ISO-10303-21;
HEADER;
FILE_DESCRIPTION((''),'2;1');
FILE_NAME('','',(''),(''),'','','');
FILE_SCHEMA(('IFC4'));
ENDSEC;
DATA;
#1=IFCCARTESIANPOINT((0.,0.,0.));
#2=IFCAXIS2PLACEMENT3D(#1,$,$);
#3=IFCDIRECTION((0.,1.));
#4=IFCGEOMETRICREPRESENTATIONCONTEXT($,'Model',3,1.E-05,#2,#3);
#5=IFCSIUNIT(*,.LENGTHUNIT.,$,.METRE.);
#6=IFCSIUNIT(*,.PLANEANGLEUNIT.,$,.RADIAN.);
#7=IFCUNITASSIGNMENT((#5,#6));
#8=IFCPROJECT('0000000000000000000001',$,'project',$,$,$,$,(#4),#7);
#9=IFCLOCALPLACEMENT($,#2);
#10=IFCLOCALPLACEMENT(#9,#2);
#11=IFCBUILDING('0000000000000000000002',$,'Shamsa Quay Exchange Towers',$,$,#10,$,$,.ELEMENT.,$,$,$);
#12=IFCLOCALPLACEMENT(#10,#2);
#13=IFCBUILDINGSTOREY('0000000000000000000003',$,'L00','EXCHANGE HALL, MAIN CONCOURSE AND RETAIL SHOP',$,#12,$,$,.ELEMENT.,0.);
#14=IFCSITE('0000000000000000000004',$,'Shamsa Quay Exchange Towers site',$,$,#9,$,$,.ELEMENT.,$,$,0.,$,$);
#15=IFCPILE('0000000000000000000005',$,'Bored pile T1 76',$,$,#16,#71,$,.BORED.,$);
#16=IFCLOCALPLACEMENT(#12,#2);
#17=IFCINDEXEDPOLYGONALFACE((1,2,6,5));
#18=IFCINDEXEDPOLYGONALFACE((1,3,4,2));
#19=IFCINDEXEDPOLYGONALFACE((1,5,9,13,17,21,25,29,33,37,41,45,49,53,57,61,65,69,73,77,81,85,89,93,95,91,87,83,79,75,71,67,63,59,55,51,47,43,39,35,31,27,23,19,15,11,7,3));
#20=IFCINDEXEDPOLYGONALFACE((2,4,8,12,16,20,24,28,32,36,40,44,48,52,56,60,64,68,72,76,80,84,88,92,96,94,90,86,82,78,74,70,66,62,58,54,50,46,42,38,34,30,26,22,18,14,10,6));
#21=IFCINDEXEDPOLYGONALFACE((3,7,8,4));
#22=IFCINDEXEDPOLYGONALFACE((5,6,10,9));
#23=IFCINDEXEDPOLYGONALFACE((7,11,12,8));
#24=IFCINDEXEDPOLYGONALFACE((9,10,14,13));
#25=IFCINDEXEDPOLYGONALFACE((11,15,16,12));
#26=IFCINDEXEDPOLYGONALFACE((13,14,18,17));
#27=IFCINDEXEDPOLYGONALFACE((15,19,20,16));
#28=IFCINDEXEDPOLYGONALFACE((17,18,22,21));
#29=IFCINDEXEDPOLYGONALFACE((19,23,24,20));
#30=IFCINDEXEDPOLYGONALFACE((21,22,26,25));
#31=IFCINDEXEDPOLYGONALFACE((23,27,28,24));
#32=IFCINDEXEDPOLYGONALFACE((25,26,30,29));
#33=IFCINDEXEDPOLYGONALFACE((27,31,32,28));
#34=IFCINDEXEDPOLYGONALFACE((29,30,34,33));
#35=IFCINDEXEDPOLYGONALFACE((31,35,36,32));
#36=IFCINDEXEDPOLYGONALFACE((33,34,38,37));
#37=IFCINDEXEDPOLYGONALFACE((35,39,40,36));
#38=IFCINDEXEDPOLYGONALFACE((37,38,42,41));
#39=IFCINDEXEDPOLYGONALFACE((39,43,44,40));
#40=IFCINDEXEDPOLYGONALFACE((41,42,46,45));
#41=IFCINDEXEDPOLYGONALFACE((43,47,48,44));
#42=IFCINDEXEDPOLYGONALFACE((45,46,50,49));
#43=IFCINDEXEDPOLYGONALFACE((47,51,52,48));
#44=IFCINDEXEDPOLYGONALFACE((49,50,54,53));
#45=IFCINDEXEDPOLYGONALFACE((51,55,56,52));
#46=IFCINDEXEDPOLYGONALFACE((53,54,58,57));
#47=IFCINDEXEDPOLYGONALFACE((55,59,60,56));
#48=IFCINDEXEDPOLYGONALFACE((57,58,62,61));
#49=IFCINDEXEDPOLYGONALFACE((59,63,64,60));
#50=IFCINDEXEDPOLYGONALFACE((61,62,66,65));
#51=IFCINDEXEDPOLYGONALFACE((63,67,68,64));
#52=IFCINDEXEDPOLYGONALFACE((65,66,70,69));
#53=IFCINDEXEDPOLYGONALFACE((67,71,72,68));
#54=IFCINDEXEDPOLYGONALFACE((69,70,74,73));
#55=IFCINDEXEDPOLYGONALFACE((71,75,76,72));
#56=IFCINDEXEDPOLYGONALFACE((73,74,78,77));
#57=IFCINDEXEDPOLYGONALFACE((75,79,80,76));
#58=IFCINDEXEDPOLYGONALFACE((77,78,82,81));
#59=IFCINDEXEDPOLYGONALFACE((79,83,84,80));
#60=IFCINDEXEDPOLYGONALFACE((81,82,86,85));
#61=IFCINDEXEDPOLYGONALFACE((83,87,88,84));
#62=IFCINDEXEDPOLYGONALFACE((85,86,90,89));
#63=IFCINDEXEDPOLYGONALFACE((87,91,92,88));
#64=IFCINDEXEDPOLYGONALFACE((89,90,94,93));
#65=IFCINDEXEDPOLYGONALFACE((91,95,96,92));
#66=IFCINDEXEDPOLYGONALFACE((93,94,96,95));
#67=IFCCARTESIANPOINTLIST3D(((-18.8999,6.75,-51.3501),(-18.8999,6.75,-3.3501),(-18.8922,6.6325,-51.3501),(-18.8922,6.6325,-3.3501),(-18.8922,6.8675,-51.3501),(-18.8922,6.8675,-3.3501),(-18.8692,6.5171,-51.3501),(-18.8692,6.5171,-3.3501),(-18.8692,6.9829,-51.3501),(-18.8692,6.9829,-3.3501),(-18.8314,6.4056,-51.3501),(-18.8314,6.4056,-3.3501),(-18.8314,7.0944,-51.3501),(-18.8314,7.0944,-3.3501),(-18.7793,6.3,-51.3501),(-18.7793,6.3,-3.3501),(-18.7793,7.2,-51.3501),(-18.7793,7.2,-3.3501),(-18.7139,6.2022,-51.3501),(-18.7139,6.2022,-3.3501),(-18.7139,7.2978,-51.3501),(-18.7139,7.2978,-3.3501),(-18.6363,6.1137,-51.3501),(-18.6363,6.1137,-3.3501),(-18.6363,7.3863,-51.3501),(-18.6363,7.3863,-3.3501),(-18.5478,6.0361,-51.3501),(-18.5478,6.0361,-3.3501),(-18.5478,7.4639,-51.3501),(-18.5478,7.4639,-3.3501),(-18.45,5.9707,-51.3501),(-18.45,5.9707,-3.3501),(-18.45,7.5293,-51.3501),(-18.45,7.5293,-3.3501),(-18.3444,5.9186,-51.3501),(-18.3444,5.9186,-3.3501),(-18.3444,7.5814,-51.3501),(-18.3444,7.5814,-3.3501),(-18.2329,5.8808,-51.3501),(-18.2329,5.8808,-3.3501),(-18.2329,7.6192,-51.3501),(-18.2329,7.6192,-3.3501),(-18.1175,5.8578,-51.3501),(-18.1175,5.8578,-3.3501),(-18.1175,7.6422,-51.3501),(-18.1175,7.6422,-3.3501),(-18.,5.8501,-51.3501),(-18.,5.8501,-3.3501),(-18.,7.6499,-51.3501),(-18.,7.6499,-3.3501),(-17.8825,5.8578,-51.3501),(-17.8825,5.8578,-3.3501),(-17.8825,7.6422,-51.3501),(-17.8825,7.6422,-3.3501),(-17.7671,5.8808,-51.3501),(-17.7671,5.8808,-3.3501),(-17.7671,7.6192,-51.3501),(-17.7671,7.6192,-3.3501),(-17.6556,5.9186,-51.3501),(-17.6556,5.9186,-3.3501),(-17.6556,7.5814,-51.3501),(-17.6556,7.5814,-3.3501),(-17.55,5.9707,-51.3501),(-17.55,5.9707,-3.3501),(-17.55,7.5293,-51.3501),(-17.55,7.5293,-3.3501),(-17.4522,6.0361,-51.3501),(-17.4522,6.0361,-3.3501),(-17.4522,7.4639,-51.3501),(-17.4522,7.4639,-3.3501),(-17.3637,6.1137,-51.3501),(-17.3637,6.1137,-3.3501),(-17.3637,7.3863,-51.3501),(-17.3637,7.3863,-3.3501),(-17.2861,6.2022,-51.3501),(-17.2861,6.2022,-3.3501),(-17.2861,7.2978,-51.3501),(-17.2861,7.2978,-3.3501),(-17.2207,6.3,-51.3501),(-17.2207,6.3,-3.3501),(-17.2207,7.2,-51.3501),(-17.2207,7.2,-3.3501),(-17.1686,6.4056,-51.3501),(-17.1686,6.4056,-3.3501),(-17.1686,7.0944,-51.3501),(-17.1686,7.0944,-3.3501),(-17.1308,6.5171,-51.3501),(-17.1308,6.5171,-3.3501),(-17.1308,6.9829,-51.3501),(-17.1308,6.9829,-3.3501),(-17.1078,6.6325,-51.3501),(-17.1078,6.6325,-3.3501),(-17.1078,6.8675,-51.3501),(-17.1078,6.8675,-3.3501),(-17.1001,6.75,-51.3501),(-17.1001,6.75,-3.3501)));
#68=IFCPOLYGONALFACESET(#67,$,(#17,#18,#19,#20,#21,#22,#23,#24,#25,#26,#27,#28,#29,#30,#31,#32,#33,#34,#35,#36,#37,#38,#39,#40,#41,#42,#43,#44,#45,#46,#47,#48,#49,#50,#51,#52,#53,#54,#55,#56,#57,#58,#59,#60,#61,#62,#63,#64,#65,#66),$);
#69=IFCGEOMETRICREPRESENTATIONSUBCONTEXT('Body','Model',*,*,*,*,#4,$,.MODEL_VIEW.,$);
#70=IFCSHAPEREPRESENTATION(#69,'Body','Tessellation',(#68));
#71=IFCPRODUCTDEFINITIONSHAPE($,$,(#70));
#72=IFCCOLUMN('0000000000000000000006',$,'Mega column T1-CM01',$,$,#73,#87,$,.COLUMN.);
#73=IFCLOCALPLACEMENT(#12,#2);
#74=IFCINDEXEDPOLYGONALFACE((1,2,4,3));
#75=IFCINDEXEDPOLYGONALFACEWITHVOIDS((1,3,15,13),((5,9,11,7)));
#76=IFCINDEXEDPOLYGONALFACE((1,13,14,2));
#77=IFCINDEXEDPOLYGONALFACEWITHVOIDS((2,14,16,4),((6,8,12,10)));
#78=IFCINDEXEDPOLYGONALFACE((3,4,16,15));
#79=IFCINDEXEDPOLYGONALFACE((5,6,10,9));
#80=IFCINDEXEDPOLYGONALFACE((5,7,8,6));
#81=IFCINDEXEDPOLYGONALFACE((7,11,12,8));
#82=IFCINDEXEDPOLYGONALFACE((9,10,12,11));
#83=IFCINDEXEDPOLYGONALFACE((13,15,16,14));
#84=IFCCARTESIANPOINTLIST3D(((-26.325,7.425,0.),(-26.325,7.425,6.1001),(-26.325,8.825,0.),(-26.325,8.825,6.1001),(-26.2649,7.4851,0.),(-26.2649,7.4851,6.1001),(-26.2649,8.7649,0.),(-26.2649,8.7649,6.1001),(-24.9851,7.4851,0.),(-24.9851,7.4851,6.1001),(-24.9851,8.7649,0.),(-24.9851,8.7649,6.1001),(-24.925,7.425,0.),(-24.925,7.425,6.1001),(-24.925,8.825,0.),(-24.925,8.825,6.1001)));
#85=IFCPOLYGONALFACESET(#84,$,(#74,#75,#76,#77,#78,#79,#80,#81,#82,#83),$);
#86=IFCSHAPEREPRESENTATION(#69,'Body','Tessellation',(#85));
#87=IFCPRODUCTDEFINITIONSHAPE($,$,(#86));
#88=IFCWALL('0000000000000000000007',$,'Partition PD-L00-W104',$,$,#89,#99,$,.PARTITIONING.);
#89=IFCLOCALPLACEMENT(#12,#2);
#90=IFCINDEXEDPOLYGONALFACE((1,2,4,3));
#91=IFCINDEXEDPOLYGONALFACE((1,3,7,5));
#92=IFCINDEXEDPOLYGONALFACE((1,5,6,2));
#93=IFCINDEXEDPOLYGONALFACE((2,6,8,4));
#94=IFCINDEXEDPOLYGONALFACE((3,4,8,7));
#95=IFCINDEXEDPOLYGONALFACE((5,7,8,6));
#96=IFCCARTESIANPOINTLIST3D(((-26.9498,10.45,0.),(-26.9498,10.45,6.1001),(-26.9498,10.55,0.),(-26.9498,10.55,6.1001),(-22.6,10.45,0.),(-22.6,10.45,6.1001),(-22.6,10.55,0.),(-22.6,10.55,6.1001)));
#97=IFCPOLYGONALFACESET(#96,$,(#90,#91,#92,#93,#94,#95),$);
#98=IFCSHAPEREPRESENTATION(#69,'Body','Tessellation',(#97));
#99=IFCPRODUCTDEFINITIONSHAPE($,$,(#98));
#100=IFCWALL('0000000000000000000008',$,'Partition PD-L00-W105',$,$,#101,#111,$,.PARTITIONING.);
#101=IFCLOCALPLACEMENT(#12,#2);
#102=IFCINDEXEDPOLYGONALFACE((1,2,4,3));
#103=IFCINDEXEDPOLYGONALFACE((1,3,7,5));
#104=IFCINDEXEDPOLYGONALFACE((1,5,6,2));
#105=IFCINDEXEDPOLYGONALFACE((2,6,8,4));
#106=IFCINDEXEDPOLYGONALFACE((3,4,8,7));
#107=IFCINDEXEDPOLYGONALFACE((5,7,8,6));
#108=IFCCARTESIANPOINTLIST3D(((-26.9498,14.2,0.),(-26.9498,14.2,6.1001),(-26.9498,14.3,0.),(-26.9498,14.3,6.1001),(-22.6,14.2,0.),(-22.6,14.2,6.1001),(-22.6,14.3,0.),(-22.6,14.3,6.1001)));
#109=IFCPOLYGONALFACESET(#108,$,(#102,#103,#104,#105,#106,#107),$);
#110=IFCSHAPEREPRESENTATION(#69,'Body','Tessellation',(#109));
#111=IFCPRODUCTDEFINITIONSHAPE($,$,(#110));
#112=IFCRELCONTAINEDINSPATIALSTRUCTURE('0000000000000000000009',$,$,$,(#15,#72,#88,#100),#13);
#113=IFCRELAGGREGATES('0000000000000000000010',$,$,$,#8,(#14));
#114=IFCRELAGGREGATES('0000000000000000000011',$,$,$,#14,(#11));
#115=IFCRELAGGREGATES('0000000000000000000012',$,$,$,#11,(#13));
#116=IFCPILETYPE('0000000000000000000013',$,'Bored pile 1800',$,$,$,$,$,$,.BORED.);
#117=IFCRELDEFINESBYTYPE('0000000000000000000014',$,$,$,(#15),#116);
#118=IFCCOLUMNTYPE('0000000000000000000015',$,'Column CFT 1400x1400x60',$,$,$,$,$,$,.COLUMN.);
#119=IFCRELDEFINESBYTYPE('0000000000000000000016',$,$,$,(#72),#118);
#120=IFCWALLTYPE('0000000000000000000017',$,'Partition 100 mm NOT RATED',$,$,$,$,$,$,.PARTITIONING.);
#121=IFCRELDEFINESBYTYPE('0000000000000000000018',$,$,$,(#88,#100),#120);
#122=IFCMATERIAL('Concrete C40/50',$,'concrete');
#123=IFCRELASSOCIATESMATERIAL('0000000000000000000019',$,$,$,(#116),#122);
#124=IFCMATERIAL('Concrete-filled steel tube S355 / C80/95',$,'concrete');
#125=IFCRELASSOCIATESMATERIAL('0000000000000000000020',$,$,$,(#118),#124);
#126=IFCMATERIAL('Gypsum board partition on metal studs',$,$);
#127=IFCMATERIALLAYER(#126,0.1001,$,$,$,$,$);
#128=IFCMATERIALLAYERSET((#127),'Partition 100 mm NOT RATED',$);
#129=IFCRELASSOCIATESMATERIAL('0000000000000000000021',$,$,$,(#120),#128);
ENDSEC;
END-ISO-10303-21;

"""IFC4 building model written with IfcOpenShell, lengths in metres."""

from ifc_helpers import new_model, si_unit, direction, frame, frame_2d, origin, origin_2d, place, context, subcontext, project, spatial, rectangle, hollow_rectangle, circle, extrude, material, layer, layer_set, material_profile, profile_set, type_object, element, save


model = new_model("IFC4")

# Units and contexts
model_context = context("Model", 3, precision=1e-05, world=origin(), true_north=direction((0.0, 1.0)))
body_context = subcontext(model_context, "Body", "Model", "MODEL_VIEW")
ifc_project = project(units=[si_unit("LENGTHUNIT", "METRE"), si_unit("PLANEANGLEUNIT", "RADIAN")], contexts=[model_context])

# Site, building, storey
site_placement = place(None, origin())
site = spatial("IfcSite", under=ifc_project, at=site_placement, Name="Shamsa Quay Exchange Towers site", CompositionType="ELEMENT", RefElevation=0.0)
building_placement = place(site_placement, origin())
building = spatial("IfcBuilding", under=site, at=building_placement, Name="Shamsa Quay Exchange Towers", CompositionType="ELEMENT")
storey_placement = place(building_placement, origin())
storey = spatial("IfcBuildingStorey", under=building, at=storey_placement, Name="L00", Description="EXCHANGE HALL, MAIN CONCOURSE AND RETAIL SHOP", CompositionType="ELEMENT", Elevation=0.0)

# Pile
ifc_material_1 = material(Name="Concrete C40/50", Category="concrete")
ifc_material_profile_1 = material_profile(ifc_material_1, circle(Radius=0.8999, at=origin_2d()), Name="BP1800")
ifc_profile_set_1 = profile_set([ifc_material_profile_1], Name="Concrete C40/50")
pile_type_1 = type_object("IfcPileType", Name="Bored pile 1800", PredefinedType="BORED", material=ifc_profile_set_1)
for number, where, z_axis, x_axis, name in (
    (1, (-18.0, 6.75, -3.3501), (0.0, 0.0, -1.0), (1.0, 0.0, 0.0), "Bored pile T1 76"),
):
    element("IfcPile", number, at=place(storey_placement, frame(where, z_axis=z_axis, x_axis=x_axis)), inside=storey, type_object=pile_type_1, Name=name, PredefinedType="BORED", context=body_context, shape_type="SweptSolid", body=[
        extrude(circle(Radius=0.8999, at=origin_2d()), origin(), (0.0, 0.0, 1.0), 48.0),
    ])

# Column
ifc_material_2 = material(Name="Concrete-filled steel tube S355 / C80/95", Category="concrete")
ifc_material_profile_2 = material_profile(ifc_material_2, hollow_rectangle(XDim=1.3999, YDim=1.3999, WallThickness=0.0601, at=origin_2d()), Name="CFT 1400x1400x60")
ifc_profile_set_2 = profile_set([ifc_material_profile_2], Name="Concrete-filled steel tube S355 / C80/95")
column_type = type_object("IfcColumnType", Name="Column CFT 1400x1400x60", PredefinedType="COLUMN", material=ifc_profile_set_2)
column_placement = place(storey_placement, frame((-25.625, 8.125, 0.0)))
element("IfcColumn", 2, at=column_placement, inside=storey, type_object=column_type, Name="Mega column T1-CM01", PredefinedType="COLUMN", context=body_context, shape_type="SweptSolid", body=[
    extrude(hollow_rectangle(XDim=1.3999, YDim=1.3999, WallThickness=0.0601, at=origin_2d()), origin(), (0.0, 0.0, 1.0), 6.1001),
])

# Walls
ifc_material_3 = material(Name="Gypsum board partition on metal studs")
ifc_layer_1 = layer(ifc_material_3, 0.1001)
ifc_layer_set_1 = layer_set([ifc_layer_1], Name="Partition 100 mm NOT RATED")
wall_type_1 = type_object("IfcWallType", Name="Partition 100 mm NOT RATED", PredefinedType="PARTITIONING", material=ifc_layer_set_1)
for number, where, z_axis, x_axis, name in (
    (3, (-22.6001, 10.5, 0.0), (0.0, 0.0, 1.0), (-1.0, 0.0, 0.0), "Partition PD-L00-W104"),
    (4, (-22.6001, 14.25, 0.0), (0.0, 0.0, 1.0), (-1.0, 0.0, 0.0), "Partition PD-L00-W105"),
):
    element("IfcWall", number, at=place(storey_placement, frame(where, z_axis=z_axis, x_axis=x_axis)), inside=storey, type_object=wall_type_1, Name=name, PredefinedType="PARTITIONING", context=body_context, shape_type="SweptSolid", body=[
        extrude(rectangle(XDim=4.3499, YDim=0.1001, at=frame_2d((2.1748, 0.0))), origin(), (0.0, 0.0, 1.0), 6.1001),
    ])

save(model, "model.ifc")
